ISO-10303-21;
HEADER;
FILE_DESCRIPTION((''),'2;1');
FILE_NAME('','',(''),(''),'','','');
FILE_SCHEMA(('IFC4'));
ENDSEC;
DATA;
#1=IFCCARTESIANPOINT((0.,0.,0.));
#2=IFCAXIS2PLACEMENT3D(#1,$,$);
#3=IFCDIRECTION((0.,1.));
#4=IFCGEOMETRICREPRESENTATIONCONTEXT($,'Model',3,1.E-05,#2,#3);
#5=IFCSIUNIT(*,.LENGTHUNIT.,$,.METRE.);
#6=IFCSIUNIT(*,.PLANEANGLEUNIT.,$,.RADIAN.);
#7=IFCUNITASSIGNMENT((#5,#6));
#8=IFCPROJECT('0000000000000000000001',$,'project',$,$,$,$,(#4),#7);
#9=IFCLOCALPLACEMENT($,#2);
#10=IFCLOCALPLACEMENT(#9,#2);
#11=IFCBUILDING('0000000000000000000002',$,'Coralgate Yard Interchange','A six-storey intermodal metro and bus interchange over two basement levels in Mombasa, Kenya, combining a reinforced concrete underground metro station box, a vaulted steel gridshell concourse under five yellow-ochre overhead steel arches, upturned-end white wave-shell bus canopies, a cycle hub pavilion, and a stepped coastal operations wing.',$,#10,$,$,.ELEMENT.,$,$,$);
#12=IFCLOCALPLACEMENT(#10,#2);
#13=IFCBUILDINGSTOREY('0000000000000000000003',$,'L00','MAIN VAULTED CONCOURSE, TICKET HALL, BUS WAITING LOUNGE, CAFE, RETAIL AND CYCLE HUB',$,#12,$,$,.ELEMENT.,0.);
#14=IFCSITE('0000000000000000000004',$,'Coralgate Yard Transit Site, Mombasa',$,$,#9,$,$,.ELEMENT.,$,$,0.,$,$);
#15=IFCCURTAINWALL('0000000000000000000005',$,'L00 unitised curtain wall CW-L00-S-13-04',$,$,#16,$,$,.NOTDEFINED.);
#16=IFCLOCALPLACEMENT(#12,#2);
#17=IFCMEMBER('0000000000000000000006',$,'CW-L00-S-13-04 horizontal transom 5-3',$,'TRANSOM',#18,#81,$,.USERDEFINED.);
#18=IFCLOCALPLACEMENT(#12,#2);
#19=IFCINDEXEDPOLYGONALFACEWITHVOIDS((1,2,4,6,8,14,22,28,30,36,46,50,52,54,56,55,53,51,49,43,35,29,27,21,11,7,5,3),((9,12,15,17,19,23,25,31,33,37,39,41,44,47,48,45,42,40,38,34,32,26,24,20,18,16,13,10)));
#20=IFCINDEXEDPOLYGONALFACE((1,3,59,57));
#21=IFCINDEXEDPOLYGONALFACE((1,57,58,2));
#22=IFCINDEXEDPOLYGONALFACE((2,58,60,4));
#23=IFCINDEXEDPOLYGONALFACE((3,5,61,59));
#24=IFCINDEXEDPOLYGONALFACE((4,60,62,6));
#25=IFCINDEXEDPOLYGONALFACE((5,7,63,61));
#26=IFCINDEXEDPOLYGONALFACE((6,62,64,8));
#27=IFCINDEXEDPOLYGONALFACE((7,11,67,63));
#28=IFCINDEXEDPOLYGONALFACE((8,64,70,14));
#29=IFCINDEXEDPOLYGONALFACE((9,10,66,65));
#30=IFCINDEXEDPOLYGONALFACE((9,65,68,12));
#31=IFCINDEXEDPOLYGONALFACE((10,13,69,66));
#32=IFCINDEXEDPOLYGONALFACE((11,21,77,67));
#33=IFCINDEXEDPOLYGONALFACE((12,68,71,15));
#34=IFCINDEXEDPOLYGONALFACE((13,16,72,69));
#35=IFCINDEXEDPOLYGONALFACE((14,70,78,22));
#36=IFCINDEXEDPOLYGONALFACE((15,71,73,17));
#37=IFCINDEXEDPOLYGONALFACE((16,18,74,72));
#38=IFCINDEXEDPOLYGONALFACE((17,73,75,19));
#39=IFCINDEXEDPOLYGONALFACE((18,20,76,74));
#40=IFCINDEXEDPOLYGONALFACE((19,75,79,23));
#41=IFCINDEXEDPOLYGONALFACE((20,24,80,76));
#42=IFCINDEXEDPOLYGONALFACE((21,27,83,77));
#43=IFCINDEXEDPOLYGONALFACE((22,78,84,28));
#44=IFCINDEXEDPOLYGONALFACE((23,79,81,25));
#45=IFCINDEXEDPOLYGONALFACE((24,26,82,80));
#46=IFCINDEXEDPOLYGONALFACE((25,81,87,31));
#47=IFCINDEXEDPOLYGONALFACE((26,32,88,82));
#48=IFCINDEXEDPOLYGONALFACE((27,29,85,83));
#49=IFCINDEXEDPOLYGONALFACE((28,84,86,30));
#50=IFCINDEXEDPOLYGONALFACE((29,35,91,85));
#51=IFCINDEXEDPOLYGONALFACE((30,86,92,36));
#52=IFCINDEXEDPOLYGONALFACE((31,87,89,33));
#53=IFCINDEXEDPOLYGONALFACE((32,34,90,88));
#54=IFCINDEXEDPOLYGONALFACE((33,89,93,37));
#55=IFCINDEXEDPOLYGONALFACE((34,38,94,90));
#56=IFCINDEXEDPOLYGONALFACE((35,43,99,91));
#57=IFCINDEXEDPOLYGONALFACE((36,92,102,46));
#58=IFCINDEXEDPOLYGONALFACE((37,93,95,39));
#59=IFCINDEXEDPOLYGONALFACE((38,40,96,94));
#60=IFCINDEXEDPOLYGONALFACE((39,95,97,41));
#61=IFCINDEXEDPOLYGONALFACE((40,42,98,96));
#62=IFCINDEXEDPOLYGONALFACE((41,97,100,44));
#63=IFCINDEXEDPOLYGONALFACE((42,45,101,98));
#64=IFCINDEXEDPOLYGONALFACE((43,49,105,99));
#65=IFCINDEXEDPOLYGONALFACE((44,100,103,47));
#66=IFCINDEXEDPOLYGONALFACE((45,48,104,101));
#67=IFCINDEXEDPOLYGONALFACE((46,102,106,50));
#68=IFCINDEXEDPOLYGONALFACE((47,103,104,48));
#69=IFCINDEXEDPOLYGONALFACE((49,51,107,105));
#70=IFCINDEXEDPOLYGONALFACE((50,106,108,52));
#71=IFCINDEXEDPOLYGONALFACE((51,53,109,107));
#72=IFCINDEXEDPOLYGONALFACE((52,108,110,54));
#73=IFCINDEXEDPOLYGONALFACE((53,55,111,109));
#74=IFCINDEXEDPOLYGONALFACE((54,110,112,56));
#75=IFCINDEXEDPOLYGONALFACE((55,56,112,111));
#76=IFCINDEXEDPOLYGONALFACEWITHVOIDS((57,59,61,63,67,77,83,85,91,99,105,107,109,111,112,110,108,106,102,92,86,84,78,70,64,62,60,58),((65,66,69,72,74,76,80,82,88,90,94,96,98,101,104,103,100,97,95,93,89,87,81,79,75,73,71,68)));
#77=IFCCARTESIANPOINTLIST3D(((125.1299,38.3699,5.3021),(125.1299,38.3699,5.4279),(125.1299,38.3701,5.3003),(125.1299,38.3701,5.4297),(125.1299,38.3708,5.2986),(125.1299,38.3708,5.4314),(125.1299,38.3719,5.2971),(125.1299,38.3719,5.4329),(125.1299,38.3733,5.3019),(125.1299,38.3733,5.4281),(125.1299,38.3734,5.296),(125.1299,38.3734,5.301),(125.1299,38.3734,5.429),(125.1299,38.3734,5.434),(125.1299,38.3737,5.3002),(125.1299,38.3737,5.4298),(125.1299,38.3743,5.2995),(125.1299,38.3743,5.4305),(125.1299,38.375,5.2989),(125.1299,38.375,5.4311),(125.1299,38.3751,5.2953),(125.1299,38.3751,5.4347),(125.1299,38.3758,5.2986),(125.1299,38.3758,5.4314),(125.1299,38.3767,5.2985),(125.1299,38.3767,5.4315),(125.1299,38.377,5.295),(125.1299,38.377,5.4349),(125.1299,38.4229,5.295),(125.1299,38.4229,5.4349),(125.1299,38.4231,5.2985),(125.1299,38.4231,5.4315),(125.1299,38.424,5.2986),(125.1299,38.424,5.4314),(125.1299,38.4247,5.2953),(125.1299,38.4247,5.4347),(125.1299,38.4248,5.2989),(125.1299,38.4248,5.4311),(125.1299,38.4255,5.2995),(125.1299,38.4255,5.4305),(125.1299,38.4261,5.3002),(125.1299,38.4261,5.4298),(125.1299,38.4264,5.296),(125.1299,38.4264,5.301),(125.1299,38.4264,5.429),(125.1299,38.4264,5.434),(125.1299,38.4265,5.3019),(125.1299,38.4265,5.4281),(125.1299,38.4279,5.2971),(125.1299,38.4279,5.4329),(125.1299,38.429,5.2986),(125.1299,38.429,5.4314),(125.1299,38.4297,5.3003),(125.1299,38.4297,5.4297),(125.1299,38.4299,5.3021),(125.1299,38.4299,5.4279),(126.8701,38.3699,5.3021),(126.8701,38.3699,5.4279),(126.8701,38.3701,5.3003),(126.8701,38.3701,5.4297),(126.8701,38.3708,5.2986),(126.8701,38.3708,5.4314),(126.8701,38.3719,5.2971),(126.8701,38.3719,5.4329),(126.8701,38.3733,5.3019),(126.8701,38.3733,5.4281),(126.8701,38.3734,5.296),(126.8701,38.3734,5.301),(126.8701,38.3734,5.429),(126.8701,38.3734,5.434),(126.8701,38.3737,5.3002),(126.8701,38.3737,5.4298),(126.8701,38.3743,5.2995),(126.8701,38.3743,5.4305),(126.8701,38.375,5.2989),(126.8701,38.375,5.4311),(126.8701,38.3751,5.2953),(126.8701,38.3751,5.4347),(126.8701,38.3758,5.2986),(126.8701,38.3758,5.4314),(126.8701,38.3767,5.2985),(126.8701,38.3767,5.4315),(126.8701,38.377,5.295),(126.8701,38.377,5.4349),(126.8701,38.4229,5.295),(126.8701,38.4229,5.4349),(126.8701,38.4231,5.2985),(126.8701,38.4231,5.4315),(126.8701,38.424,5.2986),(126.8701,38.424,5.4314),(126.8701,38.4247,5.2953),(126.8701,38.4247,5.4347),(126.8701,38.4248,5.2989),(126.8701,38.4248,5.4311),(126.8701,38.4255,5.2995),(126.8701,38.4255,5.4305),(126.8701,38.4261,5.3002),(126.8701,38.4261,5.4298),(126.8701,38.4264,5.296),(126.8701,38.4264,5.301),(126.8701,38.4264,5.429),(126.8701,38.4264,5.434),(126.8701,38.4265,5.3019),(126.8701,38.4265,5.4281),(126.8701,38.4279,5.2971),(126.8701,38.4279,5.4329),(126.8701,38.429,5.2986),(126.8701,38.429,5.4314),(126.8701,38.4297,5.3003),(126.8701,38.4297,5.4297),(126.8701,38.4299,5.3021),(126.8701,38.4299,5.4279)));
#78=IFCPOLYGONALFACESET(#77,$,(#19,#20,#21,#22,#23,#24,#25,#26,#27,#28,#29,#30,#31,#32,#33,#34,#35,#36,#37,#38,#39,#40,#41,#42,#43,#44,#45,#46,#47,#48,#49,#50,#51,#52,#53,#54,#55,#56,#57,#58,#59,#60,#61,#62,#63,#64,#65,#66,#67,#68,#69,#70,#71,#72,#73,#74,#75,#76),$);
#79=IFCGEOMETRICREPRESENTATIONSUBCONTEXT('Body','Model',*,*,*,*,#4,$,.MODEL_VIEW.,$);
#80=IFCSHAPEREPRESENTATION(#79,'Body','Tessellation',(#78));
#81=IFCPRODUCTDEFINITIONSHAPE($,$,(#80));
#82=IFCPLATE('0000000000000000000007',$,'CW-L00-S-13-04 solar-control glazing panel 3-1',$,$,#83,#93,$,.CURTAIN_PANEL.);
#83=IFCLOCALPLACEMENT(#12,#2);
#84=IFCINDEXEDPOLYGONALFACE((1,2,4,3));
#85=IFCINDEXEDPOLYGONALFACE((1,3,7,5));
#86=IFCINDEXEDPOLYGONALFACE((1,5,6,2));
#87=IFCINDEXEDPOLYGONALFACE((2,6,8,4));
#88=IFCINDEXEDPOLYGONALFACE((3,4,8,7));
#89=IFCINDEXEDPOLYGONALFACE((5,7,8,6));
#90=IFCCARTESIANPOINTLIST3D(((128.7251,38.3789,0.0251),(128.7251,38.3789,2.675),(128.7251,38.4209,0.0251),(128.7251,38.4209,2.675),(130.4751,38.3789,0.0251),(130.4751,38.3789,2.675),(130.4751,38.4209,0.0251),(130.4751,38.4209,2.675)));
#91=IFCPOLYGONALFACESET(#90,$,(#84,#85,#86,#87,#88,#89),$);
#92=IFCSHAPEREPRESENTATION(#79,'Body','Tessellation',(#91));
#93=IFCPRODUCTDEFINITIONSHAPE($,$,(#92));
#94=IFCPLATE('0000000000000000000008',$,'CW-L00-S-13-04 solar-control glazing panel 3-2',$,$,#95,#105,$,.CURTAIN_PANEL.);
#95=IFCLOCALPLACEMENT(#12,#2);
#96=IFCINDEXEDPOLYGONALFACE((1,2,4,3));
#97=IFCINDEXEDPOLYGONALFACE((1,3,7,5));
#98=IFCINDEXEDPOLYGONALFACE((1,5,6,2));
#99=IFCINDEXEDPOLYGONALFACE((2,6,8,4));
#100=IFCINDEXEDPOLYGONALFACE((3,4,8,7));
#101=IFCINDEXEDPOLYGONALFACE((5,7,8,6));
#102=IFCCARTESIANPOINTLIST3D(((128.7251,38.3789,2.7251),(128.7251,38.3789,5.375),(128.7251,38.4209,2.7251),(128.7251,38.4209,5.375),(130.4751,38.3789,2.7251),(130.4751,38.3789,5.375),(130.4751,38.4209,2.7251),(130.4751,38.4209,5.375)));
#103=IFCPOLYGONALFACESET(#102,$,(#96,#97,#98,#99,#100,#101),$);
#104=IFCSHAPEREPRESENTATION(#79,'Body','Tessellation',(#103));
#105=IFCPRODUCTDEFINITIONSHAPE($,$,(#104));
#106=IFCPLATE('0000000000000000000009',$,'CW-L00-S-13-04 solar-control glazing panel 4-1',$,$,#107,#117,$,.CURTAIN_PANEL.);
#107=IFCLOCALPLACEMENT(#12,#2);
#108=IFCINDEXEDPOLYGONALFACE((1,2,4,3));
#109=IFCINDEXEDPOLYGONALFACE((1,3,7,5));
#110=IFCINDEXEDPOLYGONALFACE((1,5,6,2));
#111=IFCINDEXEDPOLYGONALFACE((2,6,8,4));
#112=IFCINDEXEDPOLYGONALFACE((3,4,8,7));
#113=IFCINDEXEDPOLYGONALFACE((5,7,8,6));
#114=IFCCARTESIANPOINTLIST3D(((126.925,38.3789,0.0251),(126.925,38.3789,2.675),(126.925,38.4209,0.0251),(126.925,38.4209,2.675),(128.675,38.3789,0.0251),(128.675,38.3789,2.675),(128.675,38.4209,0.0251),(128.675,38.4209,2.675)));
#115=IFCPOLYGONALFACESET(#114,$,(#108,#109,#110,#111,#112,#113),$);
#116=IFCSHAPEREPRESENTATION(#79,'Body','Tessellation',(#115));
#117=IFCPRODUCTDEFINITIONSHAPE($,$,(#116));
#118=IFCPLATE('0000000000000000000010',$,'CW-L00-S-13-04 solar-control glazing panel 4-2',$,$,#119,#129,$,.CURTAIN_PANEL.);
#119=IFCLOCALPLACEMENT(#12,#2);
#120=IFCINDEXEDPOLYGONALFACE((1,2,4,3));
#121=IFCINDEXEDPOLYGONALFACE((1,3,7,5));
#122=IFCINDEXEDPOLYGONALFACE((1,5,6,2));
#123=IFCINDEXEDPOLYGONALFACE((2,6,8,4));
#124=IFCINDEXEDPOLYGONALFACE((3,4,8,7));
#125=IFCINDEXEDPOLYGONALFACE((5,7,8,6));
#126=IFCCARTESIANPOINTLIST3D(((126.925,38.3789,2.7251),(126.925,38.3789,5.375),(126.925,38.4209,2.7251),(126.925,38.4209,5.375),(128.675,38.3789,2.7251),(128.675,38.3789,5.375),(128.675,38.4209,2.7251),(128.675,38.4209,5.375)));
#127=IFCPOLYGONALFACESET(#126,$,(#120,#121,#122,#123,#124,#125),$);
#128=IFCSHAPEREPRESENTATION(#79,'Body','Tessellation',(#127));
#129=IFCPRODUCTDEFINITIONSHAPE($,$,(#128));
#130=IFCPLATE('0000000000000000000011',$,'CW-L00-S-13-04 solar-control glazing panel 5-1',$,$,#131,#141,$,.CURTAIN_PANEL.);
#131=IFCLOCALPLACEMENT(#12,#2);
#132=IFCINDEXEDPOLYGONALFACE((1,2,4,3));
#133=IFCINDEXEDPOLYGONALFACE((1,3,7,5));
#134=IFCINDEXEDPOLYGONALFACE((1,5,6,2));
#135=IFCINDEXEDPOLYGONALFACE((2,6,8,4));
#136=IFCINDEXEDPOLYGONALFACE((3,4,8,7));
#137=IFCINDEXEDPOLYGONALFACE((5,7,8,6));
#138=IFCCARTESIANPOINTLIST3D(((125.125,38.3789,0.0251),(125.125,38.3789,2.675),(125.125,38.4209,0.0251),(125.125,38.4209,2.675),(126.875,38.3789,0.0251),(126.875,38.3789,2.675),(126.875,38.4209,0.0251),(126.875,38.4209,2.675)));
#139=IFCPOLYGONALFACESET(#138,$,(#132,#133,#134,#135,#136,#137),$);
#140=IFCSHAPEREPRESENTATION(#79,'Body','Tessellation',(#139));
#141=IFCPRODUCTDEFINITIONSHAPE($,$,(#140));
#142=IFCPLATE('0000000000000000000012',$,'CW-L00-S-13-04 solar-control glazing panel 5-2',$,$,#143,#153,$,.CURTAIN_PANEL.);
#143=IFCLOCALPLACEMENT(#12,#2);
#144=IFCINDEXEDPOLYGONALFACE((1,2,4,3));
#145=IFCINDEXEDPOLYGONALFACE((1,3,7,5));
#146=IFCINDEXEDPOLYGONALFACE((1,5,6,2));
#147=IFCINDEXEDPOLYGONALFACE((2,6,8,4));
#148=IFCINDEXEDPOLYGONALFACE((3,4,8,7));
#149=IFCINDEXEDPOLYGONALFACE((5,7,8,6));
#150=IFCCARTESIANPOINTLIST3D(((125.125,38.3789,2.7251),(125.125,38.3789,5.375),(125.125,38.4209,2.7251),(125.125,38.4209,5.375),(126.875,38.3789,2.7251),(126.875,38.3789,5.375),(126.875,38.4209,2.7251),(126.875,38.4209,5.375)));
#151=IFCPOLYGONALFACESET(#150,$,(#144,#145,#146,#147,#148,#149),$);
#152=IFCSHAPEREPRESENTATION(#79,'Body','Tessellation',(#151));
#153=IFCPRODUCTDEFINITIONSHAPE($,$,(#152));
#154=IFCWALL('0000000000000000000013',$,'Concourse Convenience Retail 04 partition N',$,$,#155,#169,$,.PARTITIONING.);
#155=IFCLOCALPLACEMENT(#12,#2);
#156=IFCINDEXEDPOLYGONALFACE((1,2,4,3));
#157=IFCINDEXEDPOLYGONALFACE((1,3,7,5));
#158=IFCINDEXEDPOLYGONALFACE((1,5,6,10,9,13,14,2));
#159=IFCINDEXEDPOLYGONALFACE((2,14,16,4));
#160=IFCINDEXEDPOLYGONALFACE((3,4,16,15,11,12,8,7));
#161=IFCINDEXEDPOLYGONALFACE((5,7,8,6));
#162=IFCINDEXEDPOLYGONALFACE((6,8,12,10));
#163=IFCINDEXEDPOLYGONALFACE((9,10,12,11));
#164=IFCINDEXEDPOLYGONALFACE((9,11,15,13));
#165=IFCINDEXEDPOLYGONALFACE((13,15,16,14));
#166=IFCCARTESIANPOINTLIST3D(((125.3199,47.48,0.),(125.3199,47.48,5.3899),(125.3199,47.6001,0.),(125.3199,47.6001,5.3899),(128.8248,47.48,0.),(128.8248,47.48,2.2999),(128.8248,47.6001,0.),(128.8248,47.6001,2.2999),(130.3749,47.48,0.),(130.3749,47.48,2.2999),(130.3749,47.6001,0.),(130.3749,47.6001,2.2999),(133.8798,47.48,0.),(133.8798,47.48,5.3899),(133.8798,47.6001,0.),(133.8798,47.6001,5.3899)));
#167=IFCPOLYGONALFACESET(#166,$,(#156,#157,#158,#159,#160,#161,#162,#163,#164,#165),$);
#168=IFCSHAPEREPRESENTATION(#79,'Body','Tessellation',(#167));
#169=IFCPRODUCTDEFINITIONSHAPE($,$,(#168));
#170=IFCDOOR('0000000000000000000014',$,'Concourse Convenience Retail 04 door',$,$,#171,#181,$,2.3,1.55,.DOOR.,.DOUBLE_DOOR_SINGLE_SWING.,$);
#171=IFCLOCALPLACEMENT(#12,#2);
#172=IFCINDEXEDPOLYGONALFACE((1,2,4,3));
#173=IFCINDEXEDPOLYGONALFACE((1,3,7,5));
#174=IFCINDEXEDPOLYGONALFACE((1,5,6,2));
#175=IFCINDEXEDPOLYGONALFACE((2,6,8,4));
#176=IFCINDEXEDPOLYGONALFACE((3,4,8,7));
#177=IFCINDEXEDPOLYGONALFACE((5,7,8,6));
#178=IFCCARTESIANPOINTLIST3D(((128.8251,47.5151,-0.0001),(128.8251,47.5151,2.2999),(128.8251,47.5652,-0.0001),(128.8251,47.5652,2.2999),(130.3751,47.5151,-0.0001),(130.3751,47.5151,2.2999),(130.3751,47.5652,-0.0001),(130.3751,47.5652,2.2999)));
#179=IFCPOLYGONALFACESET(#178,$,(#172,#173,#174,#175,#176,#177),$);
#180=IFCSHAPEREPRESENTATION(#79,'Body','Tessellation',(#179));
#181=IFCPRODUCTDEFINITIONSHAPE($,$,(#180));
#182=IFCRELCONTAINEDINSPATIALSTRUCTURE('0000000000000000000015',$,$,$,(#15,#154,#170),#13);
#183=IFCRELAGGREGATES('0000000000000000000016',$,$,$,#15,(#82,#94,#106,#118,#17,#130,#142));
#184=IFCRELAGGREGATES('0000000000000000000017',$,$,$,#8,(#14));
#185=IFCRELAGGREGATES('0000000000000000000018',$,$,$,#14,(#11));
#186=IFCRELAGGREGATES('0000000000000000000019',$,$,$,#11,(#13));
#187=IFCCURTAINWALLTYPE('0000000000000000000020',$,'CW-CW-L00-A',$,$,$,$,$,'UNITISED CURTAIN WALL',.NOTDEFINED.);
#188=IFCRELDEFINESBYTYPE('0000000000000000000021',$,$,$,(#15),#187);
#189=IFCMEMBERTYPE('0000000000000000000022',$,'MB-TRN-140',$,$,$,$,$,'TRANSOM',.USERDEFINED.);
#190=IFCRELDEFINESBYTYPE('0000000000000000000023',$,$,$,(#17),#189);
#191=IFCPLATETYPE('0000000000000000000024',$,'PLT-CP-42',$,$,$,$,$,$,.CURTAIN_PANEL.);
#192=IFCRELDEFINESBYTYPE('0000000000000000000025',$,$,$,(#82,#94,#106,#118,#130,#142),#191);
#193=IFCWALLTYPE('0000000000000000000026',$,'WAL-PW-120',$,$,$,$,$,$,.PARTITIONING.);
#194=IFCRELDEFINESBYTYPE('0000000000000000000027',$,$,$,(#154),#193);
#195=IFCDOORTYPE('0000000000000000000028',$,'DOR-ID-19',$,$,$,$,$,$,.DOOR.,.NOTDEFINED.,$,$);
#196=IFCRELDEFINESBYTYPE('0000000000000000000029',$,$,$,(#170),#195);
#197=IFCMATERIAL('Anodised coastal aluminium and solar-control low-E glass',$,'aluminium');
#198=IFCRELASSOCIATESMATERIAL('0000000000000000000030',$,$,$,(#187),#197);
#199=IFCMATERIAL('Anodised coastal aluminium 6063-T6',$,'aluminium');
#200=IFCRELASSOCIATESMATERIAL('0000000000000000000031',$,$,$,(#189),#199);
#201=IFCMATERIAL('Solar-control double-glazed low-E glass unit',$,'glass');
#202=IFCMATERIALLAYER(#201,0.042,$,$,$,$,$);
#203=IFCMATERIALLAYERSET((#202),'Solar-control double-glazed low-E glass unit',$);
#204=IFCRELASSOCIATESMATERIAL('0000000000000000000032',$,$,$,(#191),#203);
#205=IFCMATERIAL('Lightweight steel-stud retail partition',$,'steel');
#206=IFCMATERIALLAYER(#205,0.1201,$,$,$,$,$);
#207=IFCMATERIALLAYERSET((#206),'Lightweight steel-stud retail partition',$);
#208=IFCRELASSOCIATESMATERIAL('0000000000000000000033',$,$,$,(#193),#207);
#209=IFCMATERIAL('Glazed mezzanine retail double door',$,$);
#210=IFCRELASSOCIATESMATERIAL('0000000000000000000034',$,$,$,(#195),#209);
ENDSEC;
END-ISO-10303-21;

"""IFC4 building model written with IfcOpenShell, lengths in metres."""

from ifc_helpers import new_model, si_unit, direction, frame, frame_2d, origin, origin_2d, place, context, subcontext, project, spatial, rectangle, hollow_rectangle, extrude, material, layer, layer_set, material_profile, profile_set, type_object, element, fill, aggregate, save


model = new_model("IFC4")

# Units and contexts
model_context = context("Model", 3, precision=1e-05, world=origin(), true_north=direction((0.0, 1.0)))
body_context = subcontext(model_context, "Body", "Model", "MODEL_VIEW")
ifc_project = project(units=[si_unit("LENGTHUNIT", "METRE"), si_unit("PLANEANGLEUNIT", "RADIAN")], contexts=[model_context])

# Site, building, storey
site_placement = place(None, origin())
site = spatial("IfcSite", under=ifc_project, at=site_placement, Name="Coralgate Yard Transit Site, Mombasa", CompositionType="ELEMENT", RefElevation=0.0)
building_placement = place(site_placement, origin())
building = spatial("IfcBuilding", under=site, at=building_placement, Name="Coralgate Yard Interchange", Description="A six-storey intermodal metro and bus interchange over two basement levels in Mombasa, Kenya, combining a reinforced concrete underground metro station box, a vaulted steel gridshell concourse under five yellow-ochre overhead steel arches, upturned-end white wave-shell bus canopies, a cycle hub pavilion, and a stepped coastal operations wing.", CompositionType="ELEMENT")
storey_placement = place(building_placement, origin())
storey = spatial("IfcBuildingStorey", under=building, at=storey_placement, Name="L00", Description="MAIN VAULTED CONCOURSE, TICKET HALL, BUS WAITING LOUNGE, CAFE, RETAIL AND CYCLE HUB", CompositionType="ELEMENT", Elevation=0.0)

# Curtain wall, member, plates
ifc_material_1 = material(Name="Anodised coastal aluminium and solar-control low-E glass", Category="aluminium")
curtain_wall_type = type_object("IfcCurtainWallType", Name="CW-CW-L00-A", ElementType="UNITISED CURTAIN WALL", PredefinedType="NOTDEFINED", material=ifc_material_1)
curtain_wall_placement = place(storey_placement, origin())
curtain_wall = element("IfcCurtainWall", 1, at=curtain_wall_placement, inside=storey, type_object=curtain_wall_type, Name="L00 unitised curtain wall CW-L00-S-13-04", PredefinedType="NOTDEFINED")
ifc_material_2 = material(Name="Anodised coastal aluminium 6063-T6", Category="aluminium")
ifc_material_profile_1 = material_profile(ifc_material_2, hollow_rectangle(XDim=0.0601, YDim=0.1399, WallThickness=0.0034, InnerFilletRadius=0.0034, OuterFilletRadius=0.0071, at=origin_2d()), Name="ALU 60x140x3.5")
ifc_profile_set_1 = profile_set([ifc_material_profile_1], Name="Anodised coastal aluminium 6063-T6")
member_type_1 = type_object("IfcMemberType", Name="MB-TRN-140", ElementType="TRANSOM", PredefinedType="USERDEFINED", material=ifc_profile_set_1)
member_1_placement = place(storey_placement, frame((126.8701, 38.3999, 5.365), z_axis=(-1.0, 0.0, 0.0), x_axis=(0.0, -1.0, 0.0)))
member_1 = element("IfcMember", 2, at=member_1_placement, type_object=member_type_1, Name="CW-L00-S-13-04 horizontal transom 5-3", ObjectType="TRANSOM", PredefinedType="USERDEFINED", context=body_context, shape_type="SweptSolid", body=[
    extrude(hollow_rectangle(XDim=0.0601, YDim=0.1399, WallThickness=0.0034, InnerFilletRadius=0.0034, OuterFilletRadius=0.0071, at=origin_2d()), origin(), (0.0, 0.0, 1.0), 1.7402),
])
ifc_material_3 = material(Name="Solar-control double-glazed low-E glass unit", Category="glass")
ifc_layer_1 = layer(ifc_material_3, 0.042)
ifc_layer_set_1 = layer_set([ifc_layer_1], Name="Solar-control double-glazed low-E glass unit")
plate_type = type_object("IfcPlateType", Name="PLT-CP-42", PredefinedType="CURTAIN_PANEL", material=ifc_layer_set_1)
plate_1_placement = place(storey_placement, frame((129.6001, 38.3999, 0.0251), z_axis=(0.0, 0.0, 1.0), x_axis=(-1.0, 0.0, 0.0)))
plate_1 = element("IfcPlate", 3, at=plate_1_placement, type_object=plate_type, Name="CW-L00-S-13-04 solar-control glazing panel 3-1", PredefinedType="CURTAIN_PANEL", context=body_context, shape_type="SweptSolid", body=[
    extrude(rectangle(XDim=1.75, YDim=0.042, at=origin_2d()), origin(), (0.0, 0.0, 1.0), 2.6499),
])
plate_2_placement = place(storey_placement, frame((129.6001, 38.3999, 2.7251), z_axis=(0.0, 0.0, 1.0), x_axis=(-1.0, 0.0, 0.0)))
plate_2 = element("IfcPlate", 4, at=plate_2_placement, type_object=plate_type, Name="CW-L00-S-13-04 solar-control glazing panel 3-2", PredefinedType="CURTAIN_PANEL", context=body_context, shape_type="SweptSolid", body=[
    extrude(rectangle(XDim=1.75, YDim=0.042, at=origin_2d()), origin(), (0.0, 0.0, 1.0), 2.6499),
])
plate_3_placement = place(storey_placement, frame((127.8, 38.3999, 0.0251), z_axis=(0.0, 0.0, 1.0), x_axis=(-1.0, 0.0, 0.0)))
plate_3 = element("IfcPlate", 5, at=plate_3_placement, type_object=plate_type, Name="CW-L00-S-13-04 solar-control glazing panel 4-1", PredefinedType="CURTAIN_PANEL", context=body_context, shape_type="SweptSolid", body=[
    extrude(rectangle(XDim=1.75, YDim=0.042, at=origin_2d()), origin(), (0.0, 0.0, 1.0), 2.6499),
])
plate_4_placement = place(storey_placement, frame((127.8, 38.3999, 2.7251), z_axis=(0.0, 0.0, 1.0), x_axis=(-1.0, 0.0, 0.0)))
plate_4 = element("IfcPlate", 6, at=plate_4_placement, type_object=plate_type, Name="CW-L00-S-13-04 solar-control glazing panel 4-2", PredefinedType="CURTAIN_PANEL", context=body_context, shape_type="SweptSolid", body=[
    extrude(rectangle(XDim=1.75, YDim=0.042, at=origin_2d()), origin(), (0.0, 0.0, 1.0), 2.6499),
])
plate_5_placement = place(storey_placement, frame((126.0, 38.3999, 0.0251), z_axis=(0.0, 0.0, 1.0), x_axis=(-1.0, 0.0, 0.0)))
plate_5 = element("IfcPlate", 7, at=plate_5_placement, type_object=plate_type, Name="CW-L00-S-13-04 solar-control glazing panel 5-1", PredefinedType="CURTAIN_PANEL", context=body_context, shape_type="SweptSolid", body=[
    extrude(rectangle(XDim=1.75, YDim=0.042, at=origin_2d()), origin(), (0.0, 0.0, 1.0), 2.6499),
])
plate_6_placement = place(storey_placement, frame((126.0, 38.3999, 2.7251), z_axis=(0.0, 0.0, 1.0), x_axis=(-1.0, 0.0, 0.0)))
plate_6 = element("IfcPlate", 8, at=plate_6_placement, type_object=plate_type, Name="CW-L00-S-13-04 solar-control glazing panel 5-2", PredefinedType="CURTAIN_PANEL", context=body_context, shape_type="SweptSolid", body=[
    extrude(rectangle(XDim=1.75, YDim=0.042, at=origin_2d()), origin(), (0.0, 0.0, 1.0), 2.6499),
])
aggregate(curtain_wall, [plate_1, plate_2, plate_3, plate_4, member_1, plate_5, plate_6])

# Wall, opening, door
ifc_material_4 = material(Name="Lightweight steel-stud retail partition", Category="steel")
ifc_layer_2 = layer(ifc_material_4, 0.1201)
ifc_layer_set_2 = layer_set([ifc_layer_2], Name="Lightweight steel-stud retail partition")
wall_type = type_object("IfcWallType", Name="WAL-PW-120", PredefinedType="PARTITIONING", material=ifc_layer_set_2)
wall_1_placement = place(storey_placement, frame((125.3201, 47.54, 0.0), z_axis=(0.0, 0.0, 1.0), x_axis=(1.0, 0.0, 0.0)))
wall_1 = element("IfcWall", 9, at=wall_1_placement, inside=storey, type_object=wall_type, Name="Concourse Convenience Retail 04 partition N", PredefinedType="PARTITIONING", context=body_context, shape_type="SweptSolid", body=[
    extrude(rectangle(XDim=8.5598, YDim=0.1201, at=frame_2d((4.2798, 0.0))), origin(), (0.0, 0.0, 1.0), 5.3899),
])
opening_placement = place(wall_1_placement, frame((3.5049, 0.0, 0.0)))
opening = element("IfcOpeningElement", 10, at=opening_placement, cuts=wall_1, PredefinedType="OPENING", context=body_context, shape_type="SweptSolid", body=[
    extrude(rectangle(XDim=1.55, YDim=2.3, at=frame_2d((0.7749, 1.1499))), frame((0.0, 0.0701, 0.0), z_axis=(0.0, -1.0, 0.0), x_axis=(1.0, 0.0, 0.0)), (0.0, 0.0, 1.0), 0.1401),
])
ifc_material_5 = material(Name="Glazed mezzanine retail double door")
door_type = type_object("IfcDoorType", Name="DOR-ID-19", OperationType="NOTDEFINED", PredefinedType="DOOR", material=ifc_material_5)
door_placement = place(opening_placement, frame((1.55, 0.0, 0.0), z_axis=(0.0, 0.0, 1.0), x_axis=(-1.0, 0.0, 0.0)))
door = element("IfcDoor", 11, at=door_placement, inside=storey, type_object=door_type, Name="Concourse Convenience Retail 04 door", OperationType="DOUBLE_DOOR_SINGLE_SWING", OverallHeight=2.3, OverallWidth=1.55, PredefinedType="DOOR", context=body_context, shape_type="SweptSolid", body=[
    extrude(rectangle(XDim=1.55, YDim=2.3, at=frame_2d((0.7749, 1.1499))), frame((0.0, 0.0249, 0.0), z_axis=(0.0, -1.0, 0.0), x_axis=(1.0, 0.0, 0.0)), (0.0, 0.0, 1.0), 0.05),
])
fill(opening, door)

save(model, "model.ifc")
